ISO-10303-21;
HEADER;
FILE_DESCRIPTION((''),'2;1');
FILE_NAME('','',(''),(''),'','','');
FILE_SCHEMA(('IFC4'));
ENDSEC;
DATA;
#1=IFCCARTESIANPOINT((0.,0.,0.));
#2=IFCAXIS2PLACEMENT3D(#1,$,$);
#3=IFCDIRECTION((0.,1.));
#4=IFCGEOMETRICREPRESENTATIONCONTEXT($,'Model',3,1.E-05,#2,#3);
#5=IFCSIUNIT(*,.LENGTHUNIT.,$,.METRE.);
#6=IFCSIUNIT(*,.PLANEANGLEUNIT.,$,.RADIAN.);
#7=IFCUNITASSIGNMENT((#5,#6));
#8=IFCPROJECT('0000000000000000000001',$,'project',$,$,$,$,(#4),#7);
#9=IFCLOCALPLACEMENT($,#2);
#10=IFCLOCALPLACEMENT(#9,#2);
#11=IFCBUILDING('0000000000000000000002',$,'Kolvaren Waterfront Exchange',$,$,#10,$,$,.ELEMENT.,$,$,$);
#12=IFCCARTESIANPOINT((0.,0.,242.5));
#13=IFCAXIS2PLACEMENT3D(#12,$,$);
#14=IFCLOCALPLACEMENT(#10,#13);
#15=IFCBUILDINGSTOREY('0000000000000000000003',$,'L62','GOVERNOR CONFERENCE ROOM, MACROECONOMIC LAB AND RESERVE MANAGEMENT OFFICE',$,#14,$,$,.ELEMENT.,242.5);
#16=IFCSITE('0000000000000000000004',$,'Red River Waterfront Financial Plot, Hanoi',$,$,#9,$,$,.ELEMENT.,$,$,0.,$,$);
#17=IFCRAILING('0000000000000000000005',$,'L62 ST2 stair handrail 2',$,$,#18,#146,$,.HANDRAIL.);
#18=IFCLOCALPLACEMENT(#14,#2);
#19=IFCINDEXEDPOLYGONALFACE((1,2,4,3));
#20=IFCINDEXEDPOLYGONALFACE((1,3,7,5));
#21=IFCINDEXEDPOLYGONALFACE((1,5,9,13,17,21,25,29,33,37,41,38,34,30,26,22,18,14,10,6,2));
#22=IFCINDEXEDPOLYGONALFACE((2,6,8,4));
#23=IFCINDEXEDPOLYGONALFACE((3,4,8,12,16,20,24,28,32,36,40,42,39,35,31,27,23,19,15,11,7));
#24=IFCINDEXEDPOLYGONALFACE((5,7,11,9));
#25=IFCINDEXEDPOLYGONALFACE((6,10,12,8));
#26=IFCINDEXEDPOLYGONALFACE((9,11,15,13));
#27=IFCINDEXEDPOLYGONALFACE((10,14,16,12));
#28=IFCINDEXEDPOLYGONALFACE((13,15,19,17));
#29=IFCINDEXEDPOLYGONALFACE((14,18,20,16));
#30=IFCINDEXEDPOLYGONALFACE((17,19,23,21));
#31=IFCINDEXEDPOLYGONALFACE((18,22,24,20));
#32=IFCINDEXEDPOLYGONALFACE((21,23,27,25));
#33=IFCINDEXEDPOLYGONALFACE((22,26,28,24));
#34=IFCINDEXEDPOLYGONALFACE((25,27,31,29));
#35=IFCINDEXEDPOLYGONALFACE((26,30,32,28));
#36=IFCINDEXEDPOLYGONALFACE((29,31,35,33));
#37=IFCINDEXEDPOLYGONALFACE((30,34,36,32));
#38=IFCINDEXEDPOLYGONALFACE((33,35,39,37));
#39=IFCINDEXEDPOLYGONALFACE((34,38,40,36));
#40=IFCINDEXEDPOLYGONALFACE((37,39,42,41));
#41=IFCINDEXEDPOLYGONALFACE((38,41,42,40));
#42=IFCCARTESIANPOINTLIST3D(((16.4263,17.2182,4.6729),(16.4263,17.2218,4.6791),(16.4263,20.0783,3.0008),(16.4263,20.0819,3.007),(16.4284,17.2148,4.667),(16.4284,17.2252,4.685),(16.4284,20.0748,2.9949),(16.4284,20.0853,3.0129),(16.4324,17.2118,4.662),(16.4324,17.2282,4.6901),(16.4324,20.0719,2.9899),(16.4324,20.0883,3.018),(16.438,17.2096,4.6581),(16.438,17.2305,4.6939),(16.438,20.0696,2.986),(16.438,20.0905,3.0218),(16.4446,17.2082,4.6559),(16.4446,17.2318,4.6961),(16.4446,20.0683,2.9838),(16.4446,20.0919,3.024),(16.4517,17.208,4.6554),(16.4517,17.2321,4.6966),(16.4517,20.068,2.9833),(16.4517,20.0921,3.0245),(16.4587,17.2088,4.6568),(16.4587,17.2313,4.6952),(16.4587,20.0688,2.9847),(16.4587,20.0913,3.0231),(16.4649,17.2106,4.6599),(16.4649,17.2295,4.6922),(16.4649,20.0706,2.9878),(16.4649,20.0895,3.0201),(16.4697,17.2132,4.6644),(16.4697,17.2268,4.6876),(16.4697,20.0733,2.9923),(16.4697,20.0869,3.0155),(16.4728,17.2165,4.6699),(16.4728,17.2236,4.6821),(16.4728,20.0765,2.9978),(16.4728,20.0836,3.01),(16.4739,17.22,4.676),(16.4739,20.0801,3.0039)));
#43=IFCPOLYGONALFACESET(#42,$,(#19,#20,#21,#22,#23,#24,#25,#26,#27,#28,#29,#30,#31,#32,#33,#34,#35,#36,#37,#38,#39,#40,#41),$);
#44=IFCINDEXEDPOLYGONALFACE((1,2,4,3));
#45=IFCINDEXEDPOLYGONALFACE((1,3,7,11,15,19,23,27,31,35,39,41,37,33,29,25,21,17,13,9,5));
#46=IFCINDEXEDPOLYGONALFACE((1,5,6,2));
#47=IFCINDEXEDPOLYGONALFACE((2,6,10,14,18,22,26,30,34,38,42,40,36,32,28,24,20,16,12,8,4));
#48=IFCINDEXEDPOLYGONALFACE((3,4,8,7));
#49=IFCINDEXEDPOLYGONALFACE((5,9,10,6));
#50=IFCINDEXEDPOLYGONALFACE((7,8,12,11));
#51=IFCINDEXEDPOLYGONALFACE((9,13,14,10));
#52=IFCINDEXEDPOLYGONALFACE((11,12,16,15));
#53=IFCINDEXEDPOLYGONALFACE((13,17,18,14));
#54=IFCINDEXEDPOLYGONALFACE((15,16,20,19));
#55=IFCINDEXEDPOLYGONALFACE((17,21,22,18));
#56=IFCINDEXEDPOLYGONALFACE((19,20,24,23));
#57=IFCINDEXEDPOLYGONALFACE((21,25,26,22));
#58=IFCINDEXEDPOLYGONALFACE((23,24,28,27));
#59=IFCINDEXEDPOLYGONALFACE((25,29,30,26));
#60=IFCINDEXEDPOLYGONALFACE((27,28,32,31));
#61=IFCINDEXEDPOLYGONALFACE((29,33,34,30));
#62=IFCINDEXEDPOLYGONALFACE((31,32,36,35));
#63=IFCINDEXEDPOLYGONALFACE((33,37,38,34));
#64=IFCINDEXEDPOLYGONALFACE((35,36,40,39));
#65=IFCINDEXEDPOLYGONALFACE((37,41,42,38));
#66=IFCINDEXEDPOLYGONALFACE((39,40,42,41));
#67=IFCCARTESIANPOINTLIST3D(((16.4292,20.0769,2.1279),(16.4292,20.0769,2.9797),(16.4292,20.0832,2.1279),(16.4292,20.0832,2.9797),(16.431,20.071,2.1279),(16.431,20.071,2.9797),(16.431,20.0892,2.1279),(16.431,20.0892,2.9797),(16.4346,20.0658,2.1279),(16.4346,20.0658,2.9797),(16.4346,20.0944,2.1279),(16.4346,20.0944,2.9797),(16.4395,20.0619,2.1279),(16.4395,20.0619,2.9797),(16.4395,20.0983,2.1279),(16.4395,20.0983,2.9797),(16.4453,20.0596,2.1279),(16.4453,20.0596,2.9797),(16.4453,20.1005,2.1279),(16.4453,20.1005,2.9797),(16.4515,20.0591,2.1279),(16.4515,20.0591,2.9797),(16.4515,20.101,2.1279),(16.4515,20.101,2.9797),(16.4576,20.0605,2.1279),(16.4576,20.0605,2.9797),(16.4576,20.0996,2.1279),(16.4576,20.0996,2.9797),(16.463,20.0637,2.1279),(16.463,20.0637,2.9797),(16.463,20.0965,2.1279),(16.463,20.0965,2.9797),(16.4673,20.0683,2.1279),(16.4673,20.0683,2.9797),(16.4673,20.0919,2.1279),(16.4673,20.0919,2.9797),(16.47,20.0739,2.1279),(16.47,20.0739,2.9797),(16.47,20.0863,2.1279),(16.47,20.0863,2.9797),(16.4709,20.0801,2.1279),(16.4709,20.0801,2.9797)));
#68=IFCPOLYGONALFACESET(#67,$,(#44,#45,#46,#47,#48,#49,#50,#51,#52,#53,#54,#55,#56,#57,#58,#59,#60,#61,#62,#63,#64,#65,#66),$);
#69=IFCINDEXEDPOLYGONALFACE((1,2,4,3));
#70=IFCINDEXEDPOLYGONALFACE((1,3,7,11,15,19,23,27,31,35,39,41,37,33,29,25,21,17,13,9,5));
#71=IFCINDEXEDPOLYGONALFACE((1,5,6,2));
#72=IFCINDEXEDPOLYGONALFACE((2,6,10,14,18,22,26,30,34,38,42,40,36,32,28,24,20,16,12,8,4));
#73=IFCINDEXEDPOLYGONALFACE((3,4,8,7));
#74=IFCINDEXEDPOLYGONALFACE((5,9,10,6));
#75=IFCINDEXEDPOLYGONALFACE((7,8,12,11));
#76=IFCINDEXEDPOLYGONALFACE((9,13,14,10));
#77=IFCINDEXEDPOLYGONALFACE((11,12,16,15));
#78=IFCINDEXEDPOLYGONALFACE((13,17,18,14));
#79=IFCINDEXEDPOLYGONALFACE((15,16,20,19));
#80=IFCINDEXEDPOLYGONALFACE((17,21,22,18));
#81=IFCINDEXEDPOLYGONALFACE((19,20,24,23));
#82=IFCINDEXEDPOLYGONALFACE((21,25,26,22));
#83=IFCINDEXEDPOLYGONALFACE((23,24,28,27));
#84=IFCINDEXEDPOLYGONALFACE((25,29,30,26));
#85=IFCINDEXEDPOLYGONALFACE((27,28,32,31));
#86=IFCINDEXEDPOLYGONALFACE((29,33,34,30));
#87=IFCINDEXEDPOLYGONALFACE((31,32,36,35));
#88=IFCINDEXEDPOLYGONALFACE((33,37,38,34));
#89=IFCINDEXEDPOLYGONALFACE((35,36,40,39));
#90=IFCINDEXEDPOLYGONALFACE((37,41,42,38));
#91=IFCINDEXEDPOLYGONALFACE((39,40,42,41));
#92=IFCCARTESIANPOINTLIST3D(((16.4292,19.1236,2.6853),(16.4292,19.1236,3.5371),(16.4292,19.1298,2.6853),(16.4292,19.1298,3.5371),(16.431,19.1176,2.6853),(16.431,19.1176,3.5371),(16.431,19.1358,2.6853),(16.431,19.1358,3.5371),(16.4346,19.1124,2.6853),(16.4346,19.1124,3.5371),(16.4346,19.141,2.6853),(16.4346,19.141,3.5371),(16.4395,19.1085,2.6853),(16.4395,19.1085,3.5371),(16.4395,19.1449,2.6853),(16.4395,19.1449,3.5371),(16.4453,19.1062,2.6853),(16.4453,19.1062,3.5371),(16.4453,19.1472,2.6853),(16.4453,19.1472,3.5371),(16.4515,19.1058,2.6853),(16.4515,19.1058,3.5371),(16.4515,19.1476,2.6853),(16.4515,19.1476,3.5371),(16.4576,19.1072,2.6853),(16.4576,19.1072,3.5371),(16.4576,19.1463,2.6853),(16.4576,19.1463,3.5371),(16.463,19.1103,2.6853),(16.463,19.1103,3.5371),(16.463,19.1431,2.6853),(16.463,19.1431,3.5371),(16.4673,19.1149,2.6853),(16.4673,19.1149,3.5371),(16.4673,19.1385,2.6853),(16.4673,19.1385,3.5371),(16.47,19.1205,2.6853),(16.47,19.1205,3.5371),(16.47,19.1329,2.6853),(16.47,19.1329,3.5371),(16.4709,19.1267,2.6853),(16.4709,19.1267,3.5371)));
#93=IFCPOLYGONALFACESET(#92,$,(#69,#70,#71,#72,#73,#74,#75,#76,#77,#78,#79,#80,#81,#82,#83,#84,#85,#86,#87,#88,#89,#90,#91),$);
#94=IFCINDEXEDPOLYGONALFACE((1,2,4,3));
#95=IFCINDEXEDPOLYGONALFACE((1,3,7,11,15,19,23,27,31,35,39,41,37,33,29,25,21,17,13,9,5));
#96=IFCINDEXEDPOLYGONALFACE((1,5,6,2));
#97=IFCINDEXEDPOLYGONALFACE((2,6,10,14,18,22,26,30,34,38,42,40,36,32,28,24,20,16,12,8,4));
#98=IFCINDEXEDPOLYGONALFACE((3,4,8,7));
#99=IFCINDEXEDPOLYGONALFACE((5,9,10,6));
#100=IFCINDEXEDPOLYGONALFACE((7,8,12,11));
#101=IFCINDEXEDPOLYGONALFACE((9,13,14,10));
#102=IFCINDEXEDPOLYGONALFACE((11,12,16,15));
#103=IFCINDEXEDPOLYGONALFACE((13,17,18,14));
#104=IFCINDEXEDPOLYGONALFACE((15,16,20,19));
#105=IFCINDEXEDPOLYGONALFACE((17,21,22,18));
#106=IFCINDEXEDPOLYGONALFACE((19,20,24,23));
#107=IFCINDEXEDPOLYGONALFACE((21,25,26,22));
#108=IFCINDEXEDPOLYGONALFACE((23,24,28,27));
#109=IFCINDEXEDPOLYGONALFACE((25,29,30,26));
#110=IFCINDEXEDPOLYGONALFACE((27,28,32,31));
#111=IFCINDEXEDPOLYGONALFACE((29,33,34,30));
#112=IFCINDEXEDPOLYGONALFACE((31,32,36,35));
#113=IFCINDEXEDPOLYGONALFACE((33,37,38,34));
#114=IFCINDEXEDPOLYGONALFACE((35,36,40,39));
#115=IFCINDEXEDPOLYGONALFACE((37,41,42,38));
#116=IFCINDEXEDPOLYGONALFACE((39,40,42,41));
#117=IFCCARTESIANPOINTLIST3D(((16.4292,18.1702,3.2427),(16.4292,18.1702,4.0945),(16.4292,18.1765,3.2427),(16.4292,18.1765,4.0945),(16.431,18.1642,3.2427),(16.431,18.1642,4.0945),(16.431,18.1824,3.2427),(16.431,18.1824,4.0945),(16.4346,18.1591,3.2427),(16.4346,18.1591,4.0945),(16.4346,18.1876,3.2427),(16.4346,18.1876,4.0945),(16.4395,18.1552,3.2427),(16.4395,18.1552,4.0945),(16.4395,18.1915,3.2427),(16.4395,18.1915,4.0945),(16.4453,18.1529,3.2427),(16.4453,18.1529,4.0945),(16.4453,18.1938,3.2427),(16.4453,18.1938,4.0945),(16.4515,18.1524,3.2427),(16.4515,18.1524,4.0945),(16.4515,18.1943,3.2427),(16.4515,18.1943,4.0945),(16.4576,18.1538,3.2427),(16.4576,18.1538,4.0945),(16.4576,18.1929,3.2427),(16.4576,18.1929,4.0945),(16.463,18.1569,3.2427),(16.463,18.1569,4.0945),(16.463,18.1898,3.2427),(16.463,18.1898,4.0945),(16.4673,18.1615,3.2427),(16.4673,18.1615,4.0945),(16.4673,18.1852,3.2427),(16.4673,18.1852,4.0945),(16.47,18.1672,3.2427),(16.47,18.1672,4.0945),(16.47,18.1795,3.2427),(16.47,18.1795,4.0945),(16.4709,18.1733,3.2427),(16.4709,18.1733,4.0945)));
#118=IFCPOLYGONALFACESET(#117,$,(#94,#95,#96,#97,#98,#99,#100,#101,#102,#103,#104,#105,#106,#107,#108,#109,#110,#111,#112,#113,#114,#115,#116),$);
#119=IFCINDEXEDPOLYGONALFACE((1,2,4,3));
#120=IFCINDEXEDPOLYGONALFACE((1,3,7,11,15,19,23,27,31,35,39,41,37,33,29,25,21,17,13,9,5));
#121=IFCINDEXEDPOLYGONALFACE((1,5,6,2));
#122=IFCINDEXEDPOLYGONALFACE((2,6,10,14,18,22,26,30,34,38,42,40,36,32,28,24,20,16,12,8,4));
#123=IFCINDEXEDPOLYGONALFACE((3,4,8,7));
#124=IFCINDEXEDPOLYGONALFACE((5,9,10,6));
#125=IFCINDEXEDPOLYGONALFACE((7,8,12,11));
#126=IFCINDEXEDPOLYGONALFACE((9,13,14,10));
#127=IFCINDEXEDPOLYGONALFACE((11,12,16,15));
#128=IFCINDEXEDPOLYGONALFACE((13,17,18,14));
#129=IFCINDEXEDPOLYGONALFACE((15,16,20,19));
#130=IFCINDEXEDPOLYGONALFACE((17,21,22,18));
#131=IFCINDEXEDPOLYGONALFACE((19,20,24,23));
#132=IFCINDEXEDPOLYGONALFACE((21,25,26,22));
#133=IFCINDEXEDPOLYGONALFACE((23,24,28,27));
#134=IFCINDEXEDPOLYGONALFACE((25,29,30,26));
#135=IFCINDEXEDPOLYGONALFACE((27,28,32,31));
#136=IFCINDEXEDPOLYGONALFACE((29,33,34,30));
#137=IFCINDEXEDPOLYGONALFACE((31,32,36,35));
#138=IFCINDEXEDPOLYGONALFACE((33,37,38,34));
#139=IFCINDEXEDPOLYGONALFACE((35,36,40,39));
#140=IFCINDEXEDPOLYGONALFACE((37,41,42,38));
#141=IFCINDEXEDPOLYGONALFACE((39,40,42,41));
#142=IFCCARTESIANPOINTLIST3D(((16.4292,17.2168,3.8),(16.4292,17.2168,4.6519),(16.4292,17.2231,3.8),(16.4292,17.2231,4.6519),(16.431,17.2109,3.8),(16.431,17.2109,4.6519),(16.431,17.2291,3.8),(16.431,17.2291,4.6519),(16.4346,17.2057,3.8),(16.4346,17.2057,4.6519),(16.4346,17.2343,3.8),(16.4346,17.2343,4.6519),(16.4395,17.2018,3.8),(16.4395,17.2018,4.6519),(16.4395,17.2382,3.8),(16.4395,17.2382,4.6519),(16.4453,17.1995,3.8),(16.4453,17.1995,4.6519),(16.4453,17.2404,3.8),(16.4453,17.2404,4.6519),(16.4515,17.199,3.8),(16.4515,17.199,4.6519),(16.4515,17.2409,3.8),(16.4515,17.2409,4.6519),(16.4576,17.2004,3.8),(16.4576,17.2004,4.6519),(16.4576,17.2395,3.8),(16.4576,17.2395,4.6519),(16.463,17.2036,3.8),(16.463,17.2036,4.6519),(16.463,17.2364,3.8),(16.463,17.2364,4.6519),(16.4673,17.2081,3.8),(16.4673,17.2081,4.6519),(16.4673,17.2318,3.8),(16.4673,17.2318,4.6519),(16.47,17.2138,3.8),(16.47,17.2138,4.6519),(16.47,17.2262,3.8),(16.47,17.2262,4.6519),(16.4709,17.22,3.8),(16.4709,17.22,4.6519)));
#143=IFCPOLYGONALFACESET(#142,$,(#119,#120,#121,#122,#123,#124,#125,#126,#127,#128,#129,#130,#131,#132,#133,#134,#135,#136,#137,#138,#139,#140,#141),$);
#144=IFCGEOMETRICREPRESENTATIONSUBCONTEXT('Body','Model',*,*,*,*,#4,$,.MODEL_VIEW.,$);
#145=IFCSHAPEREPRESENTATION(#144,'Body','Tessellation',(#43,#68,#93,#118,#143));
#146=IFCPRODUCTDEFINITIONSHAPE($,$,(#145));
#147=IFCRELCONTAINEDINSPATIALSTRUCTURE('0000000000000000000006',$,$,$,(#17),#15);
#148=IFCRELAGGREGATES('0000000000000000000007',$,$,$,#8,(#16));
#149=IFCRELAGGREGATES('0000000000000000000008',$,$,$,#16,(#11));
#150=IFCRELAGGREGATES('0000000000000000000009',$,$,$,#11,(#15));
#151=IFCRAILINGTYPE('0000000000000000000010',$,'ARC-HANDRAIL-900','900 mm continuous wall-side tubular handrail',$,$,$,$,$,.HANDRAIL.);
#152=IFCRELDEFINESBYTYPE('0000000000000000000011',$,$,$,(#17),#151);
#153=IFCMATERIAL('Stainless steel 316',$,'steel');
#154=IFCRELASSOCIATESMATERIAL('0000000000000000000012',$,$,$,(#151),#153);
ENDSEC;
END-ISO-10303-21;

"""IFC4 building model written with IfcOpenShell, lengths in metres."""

from ifc_helpers import new_model, si_unit, direction, frame, origin, origin_2d, place, context, subcontext, project, spatial, circle, extrude, material, type_object, element, save


model = new_model("IFC4")

# Units and contexts
model_context = context("Model", 3, precision=1e-05, world=origin(), true_north=direction((0.0, 1.0)))
body_context = subcontext(model_context, "Body", "Model", "MODEL_VIEW")
ifc_project = project(units=[si_unit("LENGTHUNIT", "METRE"), si_unit("PLANEANGLEUNIT", "RADIAN")], contexts=[model_context])

# Site, building, storey
site_placement = place(None, origin())
site = spatial("IfcSite", under=ifc_project, at=site_placement, Name="Red River Waterfront Financial Plot, Hanoi", CompositionType="ELEMENT", RefElevation=0.0)
building_placement = place(site_placement, origin())
building = spatial("IfcBuilding", under=site, at=building_placement, Name="Kolvaren Waterfront Exchange", CompositionType="ELEMENT")
storey_placement = place(building_placement, frame((0.0, 0.0, 242.5)))
storey = spatial("IfcBuildingStorey", under=building, at=storey_placement, Name="L62", Description="GOVERNOR CONFERENCE ROOM, MACROECONOMIC LAB AND RESERVE MANAGEMENT OFFICE", CompositionType="ELEMENT", Elevation=242.5)

# Railing
ifc_material_1 = material(Name="Stainless steel 316", Category="steel")
railing_type_1 = type_object("IfcRailingType", Name="ARC-HANDRAIL-900", Description="900 mm continuous wall-side tubular handrail", PredefinedType="HANDRAIL", material=ifc_material_1)
railing_1_placement = place(storey_placement, frame((16.45, 20.0801, 2.1279)))
element("IfcRailing", 1, at=railing_1_placement, inside=storey, type_object=railing_type_1, Name="L62 ST2 stair handrail 2", PredefinedType="HANDRAIL", context=body_context, shape_type="SweptSolid", body=[
    extrude(circle(Radius=0.0239, at=origin_2d()), frame((0.0, 0.0, 0.876), z_axis=(0.0, -0.863289, 0.504709), x_axis=(1.0, 0.0, 0.0)), (0.0, 0.0, 1.0), 3.313),
    extrude(circle(Radius=0.021, at=origin_2d()), origin(), (0.0, 0.0, 1.0), 0.8518),
    extrude(circle(Radius=0.021, at=origin_2d()), frame((0.0, -0.9534, 0.5574)), (0.0, 0.0, 1.0), 0.8518),
    extrude(circle(Radius=0.021, at=origin_2d()), frame((0.0, -1.9067, 1.1147)), (0.0, 0.0, 1.0), 0.8518),
    extrude(circle(Radius=0.021, at=origin_2d()), frame((0.0, -2.8601, 1.6721)), (0.0, 0.0, 1.0), 0.8518),
])

save(model, "model.ifc")
